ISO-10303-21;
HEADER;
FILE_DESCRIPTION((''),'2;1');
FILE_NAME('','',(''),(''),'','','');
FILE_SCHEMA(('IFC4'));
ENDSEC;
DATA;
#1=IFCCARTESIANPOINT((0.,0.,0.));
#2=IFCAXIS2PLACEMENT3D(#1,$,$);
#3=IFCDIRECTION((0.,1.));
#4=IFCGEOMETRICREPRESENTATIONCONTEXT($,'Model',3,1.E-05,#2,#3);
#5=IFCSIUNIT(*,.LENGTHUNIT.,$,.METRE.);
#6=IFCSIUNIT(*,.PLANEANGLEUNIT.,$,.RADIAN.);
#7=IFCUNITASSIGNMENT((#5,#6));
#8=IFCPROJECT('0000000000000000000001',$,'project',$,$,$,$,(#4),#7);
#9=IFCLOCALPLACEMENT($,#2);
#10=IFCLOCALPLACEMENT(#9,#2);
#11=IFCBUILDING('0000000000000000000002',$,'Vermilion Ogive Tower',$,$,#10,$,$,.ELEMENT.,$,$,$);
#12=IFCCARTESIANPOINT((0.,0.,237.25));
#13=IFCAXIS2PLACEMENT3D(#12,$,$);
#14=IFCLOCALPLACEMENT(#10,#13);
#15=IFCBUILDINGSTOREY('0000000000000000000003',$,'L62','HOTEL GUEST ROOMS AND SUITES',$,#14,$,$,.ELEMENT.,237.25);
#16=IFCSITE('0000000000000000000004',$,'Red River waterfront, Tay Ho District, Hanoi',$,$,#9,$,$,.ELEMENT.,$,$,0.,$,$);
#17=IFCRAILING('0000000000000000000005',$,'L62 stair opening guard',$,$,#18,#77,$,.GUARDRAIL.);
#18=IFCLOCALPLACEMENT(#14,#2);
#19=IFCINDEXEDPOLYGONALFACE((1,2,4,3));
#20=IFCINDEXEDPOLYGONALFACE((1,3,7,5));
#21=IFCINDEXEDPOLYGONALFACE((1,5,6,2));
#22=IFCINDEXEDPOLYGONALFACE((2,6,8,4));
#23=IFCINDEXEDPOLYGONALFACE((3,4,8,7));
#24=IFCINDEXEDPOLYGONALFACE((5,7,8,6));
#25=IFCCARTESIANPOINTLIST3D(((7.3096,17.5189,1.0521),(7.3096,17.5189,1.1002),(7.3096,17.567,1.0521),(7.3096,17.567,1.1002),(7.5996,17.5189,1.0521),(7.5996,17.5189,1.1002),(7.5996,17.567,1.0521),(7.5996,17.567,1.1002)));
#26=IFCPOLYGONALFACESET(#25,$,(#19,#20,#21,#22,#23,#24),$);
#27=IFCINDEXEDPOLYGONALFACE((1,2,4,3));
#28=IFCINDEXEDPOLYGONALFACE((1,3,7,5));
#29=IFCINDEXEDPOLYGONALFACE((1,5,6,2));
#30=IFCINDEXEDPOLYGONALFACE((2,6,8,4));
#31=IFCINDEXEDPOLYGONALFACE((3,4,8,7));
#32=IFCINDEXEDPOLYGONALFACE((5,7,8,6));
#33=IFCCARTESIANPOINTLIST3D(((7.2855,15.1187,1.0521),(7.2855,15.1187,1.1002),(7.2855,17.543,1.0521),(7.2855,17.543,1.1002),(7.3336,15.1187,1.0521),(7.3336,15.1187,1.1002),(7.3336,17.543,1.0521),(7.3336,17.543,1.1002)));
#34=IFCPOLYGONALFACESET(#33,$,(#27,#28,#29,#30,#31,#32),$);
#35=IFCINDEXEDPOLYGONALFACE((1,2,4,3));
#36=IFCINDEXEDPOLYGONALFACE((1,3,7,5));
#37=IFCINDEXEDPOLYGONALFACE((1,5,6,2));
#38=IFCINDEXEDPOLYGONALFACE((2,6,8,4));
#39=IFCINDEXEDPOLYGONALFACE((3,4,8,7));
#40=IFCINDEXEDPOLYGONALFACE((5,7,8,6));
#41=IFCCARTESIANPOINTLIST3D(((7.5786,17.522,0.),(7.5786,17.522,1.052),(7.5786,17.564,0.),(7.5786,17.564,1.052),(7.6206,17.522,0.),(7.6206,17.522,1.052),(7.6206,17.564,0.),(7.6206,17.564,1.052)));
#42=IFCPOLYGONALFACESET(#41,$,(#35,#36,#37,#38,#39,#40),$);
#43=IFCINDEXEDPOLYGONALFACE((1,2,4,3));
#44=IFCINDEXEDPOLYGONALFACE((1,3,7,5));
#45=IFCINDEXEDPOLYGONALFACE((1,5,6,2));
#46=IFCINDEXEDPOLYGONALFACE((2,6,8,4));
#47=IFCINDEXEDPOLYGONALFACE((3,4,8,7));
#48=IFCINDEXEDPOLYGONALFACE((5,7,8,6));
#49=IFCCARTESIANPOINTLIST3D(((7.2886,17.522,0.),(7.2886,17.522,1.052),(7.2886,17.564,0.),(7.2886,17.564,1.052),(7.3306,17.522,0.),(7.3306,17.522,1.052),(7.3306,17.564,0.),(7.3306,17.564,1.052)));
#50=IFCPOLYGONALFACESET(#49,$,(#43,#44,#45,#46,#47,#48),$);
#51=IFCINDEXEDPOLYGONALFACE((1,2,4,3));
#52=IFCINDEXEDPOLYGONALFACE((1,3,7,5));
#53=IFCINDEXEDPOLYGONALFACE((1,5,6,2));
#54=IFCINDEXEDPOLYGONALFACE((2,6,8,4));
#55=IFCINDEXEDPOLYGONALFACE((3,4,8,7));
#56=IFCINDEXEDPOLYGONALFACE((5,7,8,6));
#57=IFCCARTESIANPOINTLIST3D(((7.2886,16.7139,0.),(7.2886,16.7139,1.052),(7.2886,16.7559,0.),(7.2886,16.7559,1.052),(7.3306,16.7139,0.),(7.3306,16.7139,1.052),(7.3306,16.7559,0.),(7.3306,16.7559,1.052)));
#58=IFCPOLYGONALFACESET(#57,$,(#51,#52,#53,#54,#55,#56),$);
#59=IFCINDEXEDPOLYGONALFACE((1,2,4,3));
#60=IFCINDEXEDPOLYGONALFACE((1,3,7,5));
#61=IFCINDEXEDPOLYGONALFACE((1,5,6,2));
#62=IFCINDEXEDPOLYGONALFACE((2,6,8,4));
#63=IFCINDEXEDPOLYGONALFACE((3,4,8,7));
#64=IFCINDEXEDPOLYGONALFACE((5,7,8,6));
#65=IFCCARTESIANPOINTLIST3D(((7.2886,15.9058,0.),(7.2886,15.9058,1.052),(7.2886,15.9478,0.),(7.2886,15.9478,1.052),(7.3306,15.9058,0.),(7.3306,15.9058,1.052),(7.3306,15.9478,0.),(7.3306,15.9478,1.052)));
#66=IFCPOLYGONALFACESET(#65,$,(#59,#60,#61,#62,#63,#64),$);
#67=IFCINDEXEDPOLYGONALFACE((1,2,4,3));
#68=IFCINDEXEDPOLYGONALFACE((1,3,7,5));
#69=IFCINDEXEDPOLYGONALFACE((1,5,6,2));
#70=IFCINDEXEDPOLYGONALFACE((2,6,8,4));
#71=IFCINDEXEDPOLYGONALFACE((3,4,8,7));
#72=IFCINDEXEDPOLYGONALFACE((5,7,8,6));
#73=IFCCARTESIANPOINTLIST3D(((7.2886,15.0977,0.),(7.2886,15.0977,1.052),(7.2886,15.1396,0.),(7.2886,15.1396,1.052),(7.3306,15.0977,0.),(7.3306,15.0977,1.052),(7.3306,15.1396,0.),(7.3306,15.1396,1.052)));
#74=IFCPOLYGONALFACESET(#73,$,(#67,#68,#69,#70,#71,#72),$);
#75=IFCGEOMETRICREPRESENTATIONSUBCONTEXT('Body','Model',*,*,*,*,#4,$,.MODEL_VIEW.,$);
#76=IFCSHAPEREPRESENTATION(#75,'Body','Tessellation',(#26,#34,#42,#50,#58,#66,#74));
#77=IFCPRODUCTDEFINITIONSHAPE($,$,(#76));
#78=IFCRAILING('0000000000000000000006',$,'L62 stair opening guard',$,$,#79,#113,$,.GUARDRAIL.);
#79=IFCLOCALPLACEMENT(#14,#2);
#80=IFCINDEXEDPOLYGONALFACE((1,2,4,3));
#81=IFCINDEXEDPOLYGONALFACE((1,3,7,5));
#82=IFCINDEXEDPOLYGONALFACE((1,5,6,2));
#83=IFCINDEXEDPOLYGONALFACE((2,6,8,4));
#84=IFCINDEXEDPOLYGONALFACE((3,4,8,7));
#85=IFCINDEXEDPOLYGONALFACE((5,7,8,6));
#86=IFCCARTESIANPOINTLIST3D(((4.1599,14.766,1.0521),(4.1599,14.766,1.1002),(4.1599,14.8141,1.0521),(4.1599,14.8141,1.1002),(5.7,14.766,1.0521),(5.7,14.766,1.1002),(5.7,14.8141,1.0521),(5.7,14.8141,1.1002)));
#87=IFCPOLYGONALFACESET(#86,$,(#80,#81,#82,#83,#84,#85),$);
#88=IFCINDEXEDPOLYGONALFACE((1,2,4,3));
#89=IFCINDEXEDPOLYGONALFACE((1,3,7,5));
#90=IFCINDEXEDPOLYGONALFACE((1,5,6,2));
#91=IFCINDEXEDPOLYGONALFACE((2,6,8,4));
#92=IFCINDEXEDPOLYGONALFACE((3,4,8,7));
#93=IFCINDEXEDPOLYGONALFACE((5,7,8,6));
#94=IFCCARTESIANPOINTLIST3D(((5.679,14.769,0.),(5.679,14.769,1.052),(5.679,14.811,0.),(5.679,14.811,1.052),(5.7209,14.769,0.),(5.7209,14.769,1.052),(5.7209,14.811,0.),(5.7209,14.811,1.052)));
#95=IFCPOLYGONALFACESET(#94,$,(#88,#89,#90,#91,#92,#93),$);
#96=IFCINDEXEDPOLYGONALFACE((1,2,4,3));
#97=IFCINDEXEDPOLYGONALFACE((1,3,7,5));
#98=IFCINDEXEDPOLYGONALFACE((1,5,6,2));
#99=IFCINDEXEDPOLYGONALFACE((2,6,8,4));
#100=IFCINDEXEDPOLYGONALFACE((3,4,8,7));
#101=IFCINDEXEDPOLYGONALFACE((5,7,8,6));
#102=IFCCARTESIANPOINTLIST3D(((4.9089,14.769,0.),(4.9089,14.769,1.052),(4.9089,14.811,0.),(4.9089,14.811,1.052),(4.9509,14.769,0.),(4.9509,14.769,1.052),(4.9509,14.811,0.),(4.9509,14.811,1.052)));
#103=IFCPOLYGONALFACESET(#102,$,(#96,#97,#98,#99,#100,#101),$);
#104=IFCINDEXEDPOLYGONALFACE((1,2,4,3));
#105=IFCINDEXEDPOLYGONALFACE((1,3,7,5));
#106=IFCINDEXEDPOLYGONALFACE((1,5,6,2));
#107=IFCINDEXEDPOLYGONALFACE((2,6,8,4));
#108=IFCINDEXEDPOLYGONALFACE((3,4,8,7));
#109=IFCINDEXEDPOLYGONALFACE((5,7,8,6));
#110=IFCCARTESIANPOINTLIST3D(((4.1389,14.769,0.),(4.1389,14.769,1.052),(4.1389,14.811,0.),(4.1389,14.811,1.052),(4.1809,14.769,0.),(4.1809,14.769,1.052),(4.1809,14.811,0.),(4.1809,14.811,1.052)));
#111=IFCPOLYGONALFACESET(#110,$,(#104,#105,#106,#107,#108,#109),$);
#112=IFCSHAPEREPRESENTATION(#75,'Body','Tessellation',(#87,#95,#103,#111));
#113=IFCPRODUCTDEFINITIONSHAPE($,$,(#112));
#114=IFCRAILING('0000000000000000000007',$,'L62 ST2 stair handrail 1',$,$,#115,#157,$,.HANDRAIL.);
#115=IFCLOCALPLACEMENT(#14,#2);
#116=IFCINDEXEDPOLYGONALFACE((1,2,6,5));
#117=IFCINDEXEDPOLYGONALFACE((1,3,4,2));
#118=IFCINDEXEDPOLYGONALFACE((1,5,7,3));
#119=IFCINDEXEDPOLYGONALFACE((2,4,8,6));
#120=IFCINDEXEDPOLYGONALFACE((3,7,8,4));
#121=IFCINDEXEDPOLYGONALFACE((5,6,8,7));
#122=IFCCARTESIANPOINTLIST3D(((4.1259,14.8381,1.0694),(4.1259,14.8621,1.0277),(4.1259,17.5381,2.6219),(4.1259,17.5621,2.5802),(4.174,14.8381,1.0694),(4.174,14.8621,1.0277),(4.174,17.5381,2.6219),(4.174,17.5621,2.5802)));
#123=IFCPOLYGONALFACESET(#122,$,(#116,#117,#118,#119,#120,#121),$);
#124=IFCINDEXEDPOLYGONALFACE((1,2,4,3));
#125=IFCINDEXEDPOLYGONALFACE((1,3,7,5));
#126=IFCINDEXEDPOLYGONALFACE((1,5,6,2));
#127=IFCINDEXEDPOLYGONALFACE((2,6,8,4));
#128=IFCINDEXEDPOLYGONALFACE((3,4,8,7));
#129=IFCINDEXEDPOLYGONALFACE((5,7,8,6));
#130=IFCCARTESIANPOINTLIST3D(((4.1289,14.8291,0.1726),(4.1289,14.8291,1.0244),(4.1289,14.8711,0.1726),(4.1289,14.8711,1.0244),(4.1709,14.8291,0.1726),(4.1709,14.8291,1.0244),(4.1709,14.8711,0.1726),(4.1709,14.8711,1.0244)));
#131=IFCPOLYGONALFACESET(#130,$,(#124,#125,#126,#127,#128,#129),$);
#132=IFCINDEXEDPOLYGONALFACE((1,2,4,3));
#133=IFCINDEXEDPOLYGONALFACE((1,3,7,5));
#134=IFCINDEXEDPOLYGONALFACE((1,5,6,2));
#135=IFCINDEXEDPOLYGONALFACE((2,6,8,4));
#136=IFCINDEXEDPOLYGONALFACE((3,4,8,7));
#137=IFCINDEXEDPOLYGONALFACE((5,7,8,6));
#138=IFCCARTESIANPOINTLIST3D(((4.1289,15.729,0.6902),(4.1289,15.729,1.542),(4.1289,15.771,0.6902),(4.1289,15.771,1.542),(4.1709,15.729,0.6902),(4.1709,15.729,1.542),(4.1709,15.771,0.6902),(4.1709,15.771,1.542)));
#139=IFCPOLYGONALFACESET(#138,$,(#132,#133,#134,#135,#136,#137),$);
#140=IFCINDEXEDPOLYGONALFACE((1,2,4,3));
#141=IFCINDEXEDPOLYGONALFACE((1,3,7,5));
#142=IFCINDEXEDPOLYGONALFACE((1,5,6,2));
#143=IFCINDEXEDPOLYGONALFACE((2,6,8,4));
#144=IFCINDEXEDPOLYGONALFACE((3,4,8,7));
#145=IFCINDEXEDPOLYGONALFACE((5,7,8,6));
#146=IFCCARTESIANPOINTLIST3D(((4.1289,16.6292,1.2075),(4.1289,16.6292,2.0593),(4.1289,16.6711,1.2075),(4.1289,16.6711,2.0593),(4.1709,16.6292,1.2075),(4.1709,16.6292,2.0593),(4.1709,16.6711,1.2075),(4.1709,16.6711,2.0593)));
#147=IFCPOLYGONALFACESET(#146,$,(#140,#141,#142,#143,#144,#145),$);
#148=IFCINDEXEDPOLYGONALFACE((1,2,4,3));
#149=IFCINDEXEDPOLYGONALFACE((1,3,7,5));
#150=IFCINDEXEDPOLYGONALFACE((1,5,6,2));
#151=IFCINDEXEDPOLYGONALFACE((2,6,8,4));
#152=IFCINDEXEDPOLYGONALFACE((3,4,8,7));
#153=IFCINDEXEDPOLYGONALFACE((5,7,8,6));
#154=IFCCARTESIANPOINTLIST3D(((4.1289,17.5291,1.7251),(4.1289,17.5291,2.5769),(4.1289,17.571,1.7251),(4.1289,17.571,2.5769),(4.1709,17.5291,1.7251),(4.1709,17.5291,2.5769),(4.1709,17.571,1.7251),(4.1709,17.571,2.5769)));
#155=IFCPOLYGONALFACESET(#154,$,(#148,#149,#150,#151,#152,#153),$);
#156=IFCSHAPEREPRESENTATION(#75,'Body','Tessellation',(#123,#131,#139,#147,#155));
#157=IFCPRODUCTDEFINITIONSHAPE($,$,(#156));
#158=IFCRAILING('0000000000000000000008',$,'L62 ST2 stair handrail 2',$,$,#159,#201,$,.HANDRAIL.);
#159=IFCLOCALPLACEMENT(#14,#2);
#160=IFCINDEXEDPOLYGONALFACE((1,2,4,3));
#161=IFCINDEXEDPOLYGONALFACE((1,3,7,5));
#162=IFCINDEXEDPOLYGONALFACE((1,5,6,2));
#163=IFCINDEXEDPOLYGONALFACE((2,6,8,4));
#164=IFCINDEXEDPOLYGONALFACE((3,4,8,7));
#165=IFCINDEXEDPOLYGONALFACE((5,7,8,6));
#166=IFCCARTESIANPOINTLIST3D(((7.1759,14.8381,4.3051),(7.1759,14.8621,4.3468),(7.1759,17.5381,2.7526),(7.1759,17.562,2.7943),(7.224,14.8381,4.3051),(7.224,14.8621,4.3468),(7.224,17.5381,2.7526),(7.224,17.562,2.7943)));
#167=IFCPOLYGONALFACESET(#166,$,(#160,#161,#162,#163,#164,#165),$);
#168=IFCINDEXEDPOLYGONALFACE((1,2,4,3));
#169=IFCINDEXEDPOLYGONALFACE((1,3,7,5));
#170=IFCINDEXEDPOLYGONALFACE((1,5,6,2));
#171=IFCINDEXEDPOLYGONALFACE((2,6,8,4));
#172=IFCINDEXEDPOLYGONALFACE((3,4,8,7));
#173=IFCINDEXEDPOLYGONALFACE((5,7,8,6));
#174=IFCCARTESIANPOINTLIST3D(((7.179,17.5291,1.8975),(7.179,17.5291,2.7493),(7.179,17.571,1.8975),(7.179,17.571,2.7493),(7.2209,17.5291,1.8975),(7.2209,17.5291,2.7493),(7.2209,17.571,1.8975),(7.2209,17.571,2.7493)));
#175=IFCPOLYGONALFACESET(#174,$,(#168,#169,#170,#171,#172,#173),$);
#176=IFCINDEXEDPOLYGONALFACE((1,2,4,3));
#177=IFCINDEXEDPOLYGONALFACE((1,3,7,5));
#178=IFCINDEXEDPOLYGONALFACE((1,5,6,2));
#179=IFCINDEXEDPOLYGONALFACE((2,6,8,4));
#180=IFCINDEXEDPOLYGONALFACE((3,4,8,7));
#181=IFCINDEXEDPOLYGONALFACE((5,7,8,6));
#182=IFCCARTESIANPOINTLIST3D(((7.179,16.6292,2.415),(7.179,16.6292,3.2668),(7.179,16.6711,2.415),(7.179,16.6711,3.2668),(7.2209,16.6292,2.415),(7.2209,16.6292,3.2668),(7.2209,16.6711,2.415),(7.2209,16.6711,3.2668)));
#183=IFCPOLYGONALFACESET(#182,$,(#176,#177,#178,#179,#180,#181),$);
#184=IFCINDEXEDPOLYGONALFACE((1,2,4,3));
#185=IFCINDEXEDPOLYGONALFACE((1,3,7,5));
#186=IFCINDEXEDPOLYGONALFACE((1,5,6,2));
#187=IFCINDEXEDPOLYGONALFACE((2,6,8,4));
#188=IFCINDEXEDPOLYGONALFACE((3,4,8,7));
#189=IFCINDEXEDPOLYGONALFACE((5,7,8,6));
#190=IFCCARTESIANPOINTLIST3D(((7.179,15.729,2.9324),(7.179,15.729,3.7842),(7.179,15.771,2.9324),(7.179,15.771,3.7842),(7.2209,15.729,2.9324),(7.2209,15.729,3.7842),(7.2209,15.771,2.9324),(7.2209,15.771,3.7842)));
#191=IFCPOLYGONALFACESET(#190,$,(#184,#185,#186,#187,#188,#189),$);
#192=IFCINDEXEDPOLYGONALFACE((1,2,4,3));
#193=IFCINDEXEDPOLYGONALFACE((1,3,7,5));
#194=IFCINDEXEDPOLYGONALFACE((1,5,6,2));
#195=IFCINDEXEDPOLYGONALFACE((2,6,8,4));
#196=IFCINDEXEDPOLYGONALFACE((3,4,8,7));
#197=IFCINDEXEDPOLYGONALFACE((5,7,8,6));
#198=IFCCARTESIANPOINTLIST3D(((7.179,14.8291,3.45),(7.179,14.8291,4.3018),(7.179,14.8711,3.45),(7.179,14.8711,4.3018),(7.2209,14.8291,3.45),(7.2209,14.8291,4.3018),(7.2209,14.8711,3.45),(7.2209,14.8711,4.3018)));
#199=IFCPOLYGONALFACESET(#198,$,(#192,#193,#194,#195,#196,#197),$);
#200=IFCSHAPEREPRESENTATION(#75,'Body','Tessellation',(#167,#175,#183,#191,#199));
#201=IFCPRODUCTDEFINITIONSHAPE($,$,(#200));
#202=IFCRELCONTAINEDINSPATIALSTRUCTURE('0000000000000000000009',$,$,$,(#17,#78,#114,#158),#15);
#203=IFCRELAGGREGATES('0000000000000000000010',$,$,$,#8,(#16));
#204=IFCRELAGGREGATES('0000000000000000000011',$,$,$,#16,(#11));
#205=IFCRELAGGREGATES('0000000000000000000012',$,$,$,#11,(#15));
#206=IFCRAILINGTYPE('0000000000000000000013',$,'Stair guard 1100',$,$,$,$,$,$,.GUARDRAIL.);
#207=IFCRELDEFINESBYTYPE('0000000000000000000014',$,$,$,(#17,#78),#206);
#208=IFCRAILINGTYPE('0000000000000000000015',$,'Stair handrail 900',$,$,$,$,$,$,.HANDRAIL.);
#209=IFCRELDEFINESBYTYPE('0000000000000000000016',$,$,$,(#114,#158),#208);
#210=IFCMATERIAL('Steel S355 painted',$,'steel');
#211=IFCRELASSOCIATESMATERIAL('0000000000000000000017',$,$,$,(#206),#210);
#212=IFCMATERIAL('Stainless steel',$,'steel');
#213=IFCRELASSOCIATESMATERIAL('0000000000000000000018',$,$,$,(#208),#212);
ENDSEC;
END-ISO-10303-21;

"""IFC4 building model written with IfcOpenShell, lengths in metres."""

from ifc_helpers import new_model, si_unit, direction, frame, origin, origin_2d, place, context, subcontext, project, spatial, rectangle, extrude, material, type_object, element, save


model = new_model("IFC4")

# Units and contexts
model_context = context("Model", 3, precision=1e-05, world=origin(), true_north=direction((0.0, 1.0)))
body_context = subcontext(model_context, "Body", "Model", "MODEL_VIEW")
ifc_project = project(units=[si_unit("LENGTHUNIT", "METRE"), si_unit("PLANEANGLEUNIT", "RADIAN")], contexts=[model_context])

# Site, building, storey
site_placement = place(None, origin())
site = spatial("IfcSite", under=ifc_project, at=site_placement, Name="Red River waterfront, Tay Ho District, Hanoi", CompositionType="ELEMENT", RefElevation=0.0)
building_placement = place(site_placement, origin())
building = spatial("IfcBuilding", under=site, at=building_placement, Name="Vermilion Ogive Tower", CompositionType="ELEMENT")
storey_placement = place(building_placement, frame((0.0, 0.0, 237.25)))
storey = spatial("IfcBuildingStorey", under=building, at=storey_placement, Name="L62", Description="HOTEL GUEST ROOMS AND SUITES", CompositionType="ELEMENT", Elevation=237.25)

# Railings
ifc_material_1 = material(Name="Steel S355 painted", Category="steel")
railing_type_1 = type_object("IfcRailingType", Name="Stair guard 1100", PredefinedType="GUARDRAIL", material=ifc_material_1)
railing_1_placement = place(storey_placement, frame((7.5996, 17.543, 0.0)))
element("IfcRailing", 1, at=railing_1_placement, inside=storey, type_object=railing_type_1, Name="L62 stair opening guard", PredefinedType="GUARDRAIL", context=body_context, shape_type="SweptSolid", body=[
    extrude(rectangle(XDim=0.0481, YDim=0.0481, at=origin_2d()), frame((0.0, 0.0, 1.0762), z_axis=(-1.0, 0.0, 0.0), x_axis=(0.0, -1.0, 0.0)), (0.0, 0.0, 1.0), 0.29),
    extrude(rectangle(XDim=0.0481, YDim=0.0481, at=origin_2d()), frame((-0.29, 0.0, 1.0762), z_axis=(0.0, -1.0, 0.0), x_axis=(1.0, 0.0, 0.0)), (0.0, 0.0, 1.0), 2.4243),
    extrude(rectangle(XDim=0.042, YDim=0.042, at=origin_2d()), origin(), (0.0, 0.0, 1.0), 1.052),
    extrude(rectangle(XDim=0.042, YDim=0.042, at=origin_2d()), frame((-0.29, 0.0, 0.0)), (0.0, 0.0, 1.0), 1.052),
    extrude(rectangle(XDim=0.042, YDim=0.042, at=origin_2d()), frame((-0.29, -0.8081, 0.0)), (0.0, 0.0, 1.0), 1.052),
    extrude(rectangle(XDim=0.042, YDim=0.042, at=origin_2d()), frame((-0.29, -1.6162, 0.0)), (0.0, 0.0, 1.0), 1.052),
    extrude(rectangle(XDim=0.042, YDim=0.042, at=origin_2d()), frame((-0.29, -2.4243, 0.0)), (0.0, 0.0, 1.0), 1.052),
])
railing_2_placement = place(storey_placement, frame((5.7, 14.79, 0.0)))
element("IfcRailing", 2, at=railing_2_placement, inside=storey, type_object=railing_type_1, Name="L62 stair opening guard", PredefinedType="GUARDRAIL", context=body_context, shape_type="SweptSolid", body=[
    extrude(rectangle(XDim=0.0481, YDim=0.0481, at=origin_2d()), frame((0.0, 0.0, 1.0762), z_axis=(-1.0, 0.0, 0.0), x_axis=(0.0, -1.0, 0.0)), (0.0, 0.0, 1.0), 1.54),
    extrude(rectangle(XDim=0.042, YDim=0.042, at=origin_2d()), origin(), (0.0, 0.0, 1.0), 1.052),
    extrude(rectangle(XDim=0.042, YDim=0.042, at=origin_2d()), frame((-0.77, 0.0, 0.0)), (0.0, 0.0, 1.0), 1.052),
    extrude(rectangle(XDim=0.042, YDim=0.042, at=origin_2d()), frame((-1.54, 0.0, 0.0)), (0.0, 0.0, 1.0), 1.052),
])
ifc_material_2 = material(Name="Stainless steel", Category="steel")
railing_type_2 = type_object("IfcRailingType", Name="Stair handrail 900", PredefinedType="HANDRAIL", material=ifc_material_2)
railing_3_placement = place(storey_placement, frame((4.1499, 14.8501, 0.1726)))
element("IfcRailing", 3, at=railing_3_placement, inside=storey, type_object=railing_type_2, Name="L62 ST2 stair handrail 1", PredefinedType="HANDRAIL", context=body_context, shape_type="SweptSolid", body=[
    extrude(rectangle(XDim=0.0481, YDim=0.0481, at=origin_2d()), frame((0.0, 0.0, 0.876), z_axis=(0.0, 0.866904, 0.498476), x_axis=(-1.0, 0.0, 0.0)), (0.0, 0.0, 1.0), 3.1145),
    extrude(rectangle(XDim=0.042, YDim=0.042, at=origin_2d()), origin(), (0.0, 0.0, 1.0), 0.8518),
    extrude(rectangle(XDim=0.042, YDim=0.042, at=origin_2d()), frame((0.0, 0.8999, 0.5176)), (0.0, 0.0, 1.0), 0.8518),
    extrude(rectangle(XDim=0.042, YDim=0.042, at=origin_2d()), frame((0.0, 1.8, 1.0349)), (0.0, 0.0, 1.0), 0.8518),
    extrude(rectangle(XDim=0.042, YDim=0.042, at=origin_2d()), frame((0.0, 2.7, 1.5525)), (0.0, 0.0, 1.0), 0.8518),
])
railing_4_placement = place(storey_placement, frame((7.2, 17.55, 1.8975)))
element("IfcRailing", 4, at=railing_4_placement, inside=storey, type_object=railing_type_2, Name="L62 ST2 stair handrail 2", PredefinedType="HANDRAIL", context=body_context, shape_type="SweptSolid", body=[
    extrude(rectangle(XDim=0.0481, YDim=0.0481, at=origin_2d()), frame((0.0, 0.0, 0.876), z_axis=(0.0, -0.866904, 0.498476), x_axis=(1.0, 0.0, 0.0)), (0.0, 0.0, 1.0), 3.1145),
    extrude(rectangle(XDim=0.042, YDim=0.042, at=origin_2d()), origin(), (0.0, 0.0, 1.0), 0.8518),
    extrude(rectangle(XDim=0.042, YDim=0.042, at=origin_2d()), frame((0.0, -0.8999, 0.5176)), (0.0, 0.0, 1.0), 0.8518),
    extrude(rectangle(XDim=0.042, YDim=0.042, at=origin_2d()), frame((0.0, -1.8, 1.0349)), (0.0, 0.0, 1.0), 0.8518),
    extrude(rectangle(XDim=0.042, YDim=0.042, at=origin_2d()), frame((0.0, -2.7, 1.5525)), (0.0, 0.0, 1.0), 0.8518),
])

save(model, "model.ifc")
